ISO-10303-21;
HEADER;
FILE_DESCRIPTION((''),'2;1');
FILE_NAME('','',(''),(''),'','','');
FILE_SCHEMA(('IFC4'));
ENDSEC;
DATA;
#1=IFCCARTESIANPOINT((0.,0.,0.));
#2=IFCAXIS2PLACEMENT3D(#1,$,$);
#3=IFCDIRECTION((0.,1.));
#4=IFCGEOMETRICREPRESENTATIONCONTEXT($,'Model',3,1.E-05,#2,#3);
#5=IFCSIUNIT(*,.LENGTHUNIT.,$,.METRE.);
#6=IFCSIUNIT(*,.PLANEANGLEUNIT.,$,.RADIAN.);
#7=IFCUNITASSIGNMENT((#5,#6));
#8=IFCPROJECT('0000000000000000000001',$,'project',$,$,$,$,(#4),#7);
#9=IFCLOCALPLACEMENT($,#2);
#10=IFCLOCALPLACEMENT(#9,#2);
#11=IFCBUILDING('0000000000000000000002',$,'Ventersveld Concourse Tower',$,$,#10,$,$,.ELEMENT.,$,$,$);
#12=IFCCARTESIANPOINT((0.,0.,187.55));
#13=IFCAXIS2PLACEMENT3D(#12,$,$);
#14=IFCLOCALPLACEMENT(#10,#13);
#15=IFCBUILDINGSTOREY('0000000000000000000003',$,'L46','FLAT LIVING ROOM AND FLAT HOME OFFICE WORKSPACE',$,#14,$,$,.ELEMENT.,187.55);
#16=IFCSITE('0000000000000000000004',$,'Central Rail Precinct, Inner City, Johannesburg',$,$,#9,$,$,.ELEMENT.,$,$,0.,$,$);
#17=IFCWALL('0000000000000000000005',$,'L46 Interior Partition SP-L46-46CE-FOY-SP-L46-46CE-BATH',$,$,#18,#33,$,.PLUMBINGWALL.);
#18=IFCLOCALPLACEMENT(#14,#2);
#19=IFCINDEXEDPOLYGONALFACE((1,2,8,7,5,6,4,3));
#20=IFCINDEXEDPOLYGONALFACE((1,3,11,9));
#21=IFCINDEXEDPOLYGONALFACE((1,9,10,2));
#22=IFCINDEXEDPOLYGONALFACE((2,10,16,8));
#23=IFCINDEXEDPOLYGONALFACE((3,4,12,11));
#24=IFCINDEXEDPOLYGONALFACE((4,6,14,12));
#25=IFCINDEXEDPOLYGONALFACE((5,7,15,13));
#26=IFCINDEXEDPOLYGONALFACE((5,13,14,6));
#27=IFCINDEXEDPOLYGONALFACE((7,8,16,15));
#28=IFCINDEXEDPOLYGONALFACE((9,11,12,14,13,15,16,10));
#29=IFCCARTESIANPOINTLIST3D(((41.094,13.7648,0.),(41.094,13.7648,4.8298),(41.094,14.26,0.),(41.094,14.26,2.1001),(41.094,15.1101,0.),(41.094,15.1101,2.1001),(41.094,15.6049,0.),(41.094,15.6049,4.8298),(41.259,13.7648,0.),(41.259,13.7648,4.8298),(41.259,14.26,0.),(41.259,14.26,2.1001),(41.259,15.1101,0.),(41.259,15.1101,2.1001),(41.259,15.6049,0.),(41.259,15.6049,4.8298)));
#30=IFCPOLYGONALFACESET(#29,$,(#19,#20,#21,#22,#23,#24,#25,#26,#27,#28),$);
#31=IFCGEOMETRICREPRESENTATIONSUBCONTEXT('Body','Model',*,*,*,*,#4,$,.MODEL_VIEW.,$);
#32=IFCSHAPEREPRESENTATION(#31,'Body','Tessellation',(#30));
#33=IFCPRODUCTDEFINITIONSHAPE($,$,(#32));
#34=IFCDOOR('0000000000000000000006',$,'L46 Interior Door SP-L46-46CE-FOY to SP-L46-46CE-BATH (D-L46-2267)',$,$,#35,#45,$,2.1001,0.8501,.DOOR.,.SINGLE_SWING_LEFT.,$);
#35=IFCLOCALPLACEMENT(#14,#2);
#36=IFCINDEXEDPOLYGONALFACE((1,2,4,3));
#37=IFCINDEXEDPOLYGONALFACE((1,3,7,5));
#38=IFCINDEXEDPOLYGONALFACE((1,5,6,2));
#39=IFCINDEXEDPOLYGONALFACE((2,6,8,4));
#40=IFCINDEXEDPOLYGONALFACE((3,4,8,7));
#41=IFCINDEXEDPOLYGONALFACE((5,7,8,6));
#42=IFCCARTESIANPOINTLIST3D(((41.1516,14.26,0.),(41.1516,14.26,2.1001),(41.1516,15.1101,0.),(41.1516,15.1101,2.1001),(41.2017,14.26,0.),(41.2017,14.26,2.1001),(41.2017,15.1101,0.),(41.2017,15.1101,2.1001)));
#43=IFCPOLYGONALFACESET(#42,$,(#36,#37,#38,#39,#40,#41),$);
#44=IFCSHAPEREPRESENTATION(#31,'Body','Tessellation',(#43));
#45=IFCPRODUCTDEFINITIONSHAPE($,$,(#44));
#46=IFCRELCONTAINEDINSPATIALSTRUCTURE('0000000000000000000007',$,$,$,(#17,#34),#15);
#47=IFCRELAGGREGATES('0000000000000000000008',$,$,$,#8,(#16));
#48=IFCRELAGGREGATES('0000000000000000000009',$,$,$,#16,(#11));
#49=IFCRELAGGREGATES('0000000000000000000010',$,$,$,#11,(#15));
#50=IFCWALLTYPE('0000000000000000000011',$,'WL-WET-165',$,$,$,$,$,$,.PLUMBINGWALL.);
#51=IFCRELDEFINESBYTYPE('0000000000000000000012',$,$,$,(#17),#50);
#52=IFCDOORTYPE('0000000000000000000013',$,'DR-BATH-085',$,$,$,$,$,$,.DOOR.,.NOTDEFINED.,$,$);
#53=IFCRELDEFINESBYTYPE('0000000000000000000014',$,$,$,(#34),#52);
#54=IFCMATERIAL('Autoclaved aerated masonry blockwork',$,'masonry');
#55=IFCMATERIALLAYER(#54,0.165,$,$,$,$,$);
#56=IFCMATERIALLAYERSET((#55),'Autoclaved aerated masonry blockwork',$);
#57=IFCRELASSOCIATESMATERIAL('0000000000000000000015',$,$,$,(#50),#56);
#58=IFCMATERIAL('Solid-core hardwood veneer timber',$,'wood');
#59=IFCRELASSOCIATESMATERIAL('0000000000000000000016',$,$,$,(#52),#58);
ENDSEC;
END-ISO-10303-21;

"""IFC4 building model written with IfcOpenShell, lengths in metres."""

from ifc_helpers import new_model, si_unit, direction, frame, frame_2d, origin, place, context, subcontext, project, spatial, rectangle, extrude, material, layer, layer_set, type_object, element, fill, save


model = new_model("IFC4")

# Units and contexts
model_context = context("Model", 3, precision=1e-05, world=origin(), true_north=direction((0.0, 1.0)))
body_context = subcontext(model_context, "Body", "Model", "MODEL_VIEW")
ifc_project = project(units=[si_unit("LENGTHUNIT", "METRE"), si_unit("PLANEANGLEUNIT", "RADIAN")], contexts=[model_context])

# Site, building, storey
site_placement = place(None, origin())
site = spatial("IfcSite", under=ifc_project, at=site_placement, Name="Central Rail Precinct, Inner City, Johannesburg", CompositionType="ELEMENT", RefElevation=0.0)
building_placement = place(site_placement, origin())
building = spatial("IfcBuilding", under=site, at=building_placement, Name="Ventersveld Concourse Tower", CompositionType="ELEMENT")
storey_placement = place(building_placement, frame((0.0, 0.0, 187.55)))
storey = spatial("IfcBuildingStorey", under=building, at=storey_placement, Name="L46", Description="FLAT LIVING ROOM AND FLAT HOME OFFICE WORKSPACE", CompositionType="ELEMENT", Elevation=187.55)

# Shared definitions
ifc_material_1 = material(Name="Solid-core hardwood veneer timber", Category="wood")

# Shared definitions
ifc_material_2 = material(Name="Autoclaved aerated masonry blockwork", Category="masonry")

# Wall, opening, door
ifc_layer_1 = layer(ifc_material_2, 0.165)
ifc_layer_set_1 = layer_set([ifc_layer_1], Name="Autoclaved aerated masonry blockwork")
wall_type_1 = type_object("IfcWallType", Name="WL-WET-165", PredefinedType="PLUMBINGWALL", material=ifc_layer_set_1)
wall_1_placement = place(storey_placement, frame((41.1765, 13.7649, 0.0), z_axis=(0.0, 0.0, 1.0), x_axis=(0.0, 1.0, 0.0)))
wall_1 = element("IfcWall", 1, at=wall_1_placement, inside=storey, type_object=wall_type_1, Name="L46 Interior Partition SP-L46-46CE-FOY-SP-L46-46CE-BATH", PredefinedType="PLUMBINGWALL", context=body_context, shape_type="SweptSolid", body=[
    extrude(rectangle(XDim=1.8401, YDim=0.165, at=frame_2d((0.9199, 0.0))), origin(), (0.0, 0.0, 1.0), 4.8298),
])
opening_1_placement = place(wall_1_placement, frame((0.4951, 0.0, 0.0)))
opening_1 = element("IfcOpeningElement", 2, at=opening_1_placement, cuts=wall_1, PredefinedType="OPENING", context=body_context, shape_type="SweptSolid", body=[
    extrude(rectangle(XDim=0.8501, YDim=2.1001, at=frame_2d((0.425, 1.05))), frame((0.0, 0.0925, 0.0), z_axis=(0.0, -1.0, 0.0), x_axis=(1.0, 0.0, 0.0)), (0.0, 0.0, 1.0), 0.1851),
])
door_type_1 = type_object("IfcDoorType", Name="DR-BATH-085", OperationType="NOTDEFINED", PredefinedType="DOOR", material=ifc_material_1)
door_1_placement = place(opening_1_placement, origin())
door_1 = element("IfcDoor", 3, at=door_1_placement, inside=storey, type_object=door_type_1, Name="L46 Interior Door SP-L46-46CE-FOY to SP-L46-46CE-BATH (D-L46-2267)", OperationType="SINGLE_SWING_LEFT", OverallHeight=2.1001, OverallWidth=0.8501, PredefinedType="DOOR", context=body_context, shape_type="SweptSolid", body=[
    extrude(rectangle(XDim=0.8501, YDim=2.1001, at=frame_2d((0.425, 1.05))), frame((0.0, 0.0249, 0.0), z_axis=(0.0, -1.0, 0.0), x_axis=(1.0, 0.0, 0.0)), (0.0, 0.0, 1.0), 0.05),
])
fill(opening_1, door_1)

save(model, "model.ifc")
